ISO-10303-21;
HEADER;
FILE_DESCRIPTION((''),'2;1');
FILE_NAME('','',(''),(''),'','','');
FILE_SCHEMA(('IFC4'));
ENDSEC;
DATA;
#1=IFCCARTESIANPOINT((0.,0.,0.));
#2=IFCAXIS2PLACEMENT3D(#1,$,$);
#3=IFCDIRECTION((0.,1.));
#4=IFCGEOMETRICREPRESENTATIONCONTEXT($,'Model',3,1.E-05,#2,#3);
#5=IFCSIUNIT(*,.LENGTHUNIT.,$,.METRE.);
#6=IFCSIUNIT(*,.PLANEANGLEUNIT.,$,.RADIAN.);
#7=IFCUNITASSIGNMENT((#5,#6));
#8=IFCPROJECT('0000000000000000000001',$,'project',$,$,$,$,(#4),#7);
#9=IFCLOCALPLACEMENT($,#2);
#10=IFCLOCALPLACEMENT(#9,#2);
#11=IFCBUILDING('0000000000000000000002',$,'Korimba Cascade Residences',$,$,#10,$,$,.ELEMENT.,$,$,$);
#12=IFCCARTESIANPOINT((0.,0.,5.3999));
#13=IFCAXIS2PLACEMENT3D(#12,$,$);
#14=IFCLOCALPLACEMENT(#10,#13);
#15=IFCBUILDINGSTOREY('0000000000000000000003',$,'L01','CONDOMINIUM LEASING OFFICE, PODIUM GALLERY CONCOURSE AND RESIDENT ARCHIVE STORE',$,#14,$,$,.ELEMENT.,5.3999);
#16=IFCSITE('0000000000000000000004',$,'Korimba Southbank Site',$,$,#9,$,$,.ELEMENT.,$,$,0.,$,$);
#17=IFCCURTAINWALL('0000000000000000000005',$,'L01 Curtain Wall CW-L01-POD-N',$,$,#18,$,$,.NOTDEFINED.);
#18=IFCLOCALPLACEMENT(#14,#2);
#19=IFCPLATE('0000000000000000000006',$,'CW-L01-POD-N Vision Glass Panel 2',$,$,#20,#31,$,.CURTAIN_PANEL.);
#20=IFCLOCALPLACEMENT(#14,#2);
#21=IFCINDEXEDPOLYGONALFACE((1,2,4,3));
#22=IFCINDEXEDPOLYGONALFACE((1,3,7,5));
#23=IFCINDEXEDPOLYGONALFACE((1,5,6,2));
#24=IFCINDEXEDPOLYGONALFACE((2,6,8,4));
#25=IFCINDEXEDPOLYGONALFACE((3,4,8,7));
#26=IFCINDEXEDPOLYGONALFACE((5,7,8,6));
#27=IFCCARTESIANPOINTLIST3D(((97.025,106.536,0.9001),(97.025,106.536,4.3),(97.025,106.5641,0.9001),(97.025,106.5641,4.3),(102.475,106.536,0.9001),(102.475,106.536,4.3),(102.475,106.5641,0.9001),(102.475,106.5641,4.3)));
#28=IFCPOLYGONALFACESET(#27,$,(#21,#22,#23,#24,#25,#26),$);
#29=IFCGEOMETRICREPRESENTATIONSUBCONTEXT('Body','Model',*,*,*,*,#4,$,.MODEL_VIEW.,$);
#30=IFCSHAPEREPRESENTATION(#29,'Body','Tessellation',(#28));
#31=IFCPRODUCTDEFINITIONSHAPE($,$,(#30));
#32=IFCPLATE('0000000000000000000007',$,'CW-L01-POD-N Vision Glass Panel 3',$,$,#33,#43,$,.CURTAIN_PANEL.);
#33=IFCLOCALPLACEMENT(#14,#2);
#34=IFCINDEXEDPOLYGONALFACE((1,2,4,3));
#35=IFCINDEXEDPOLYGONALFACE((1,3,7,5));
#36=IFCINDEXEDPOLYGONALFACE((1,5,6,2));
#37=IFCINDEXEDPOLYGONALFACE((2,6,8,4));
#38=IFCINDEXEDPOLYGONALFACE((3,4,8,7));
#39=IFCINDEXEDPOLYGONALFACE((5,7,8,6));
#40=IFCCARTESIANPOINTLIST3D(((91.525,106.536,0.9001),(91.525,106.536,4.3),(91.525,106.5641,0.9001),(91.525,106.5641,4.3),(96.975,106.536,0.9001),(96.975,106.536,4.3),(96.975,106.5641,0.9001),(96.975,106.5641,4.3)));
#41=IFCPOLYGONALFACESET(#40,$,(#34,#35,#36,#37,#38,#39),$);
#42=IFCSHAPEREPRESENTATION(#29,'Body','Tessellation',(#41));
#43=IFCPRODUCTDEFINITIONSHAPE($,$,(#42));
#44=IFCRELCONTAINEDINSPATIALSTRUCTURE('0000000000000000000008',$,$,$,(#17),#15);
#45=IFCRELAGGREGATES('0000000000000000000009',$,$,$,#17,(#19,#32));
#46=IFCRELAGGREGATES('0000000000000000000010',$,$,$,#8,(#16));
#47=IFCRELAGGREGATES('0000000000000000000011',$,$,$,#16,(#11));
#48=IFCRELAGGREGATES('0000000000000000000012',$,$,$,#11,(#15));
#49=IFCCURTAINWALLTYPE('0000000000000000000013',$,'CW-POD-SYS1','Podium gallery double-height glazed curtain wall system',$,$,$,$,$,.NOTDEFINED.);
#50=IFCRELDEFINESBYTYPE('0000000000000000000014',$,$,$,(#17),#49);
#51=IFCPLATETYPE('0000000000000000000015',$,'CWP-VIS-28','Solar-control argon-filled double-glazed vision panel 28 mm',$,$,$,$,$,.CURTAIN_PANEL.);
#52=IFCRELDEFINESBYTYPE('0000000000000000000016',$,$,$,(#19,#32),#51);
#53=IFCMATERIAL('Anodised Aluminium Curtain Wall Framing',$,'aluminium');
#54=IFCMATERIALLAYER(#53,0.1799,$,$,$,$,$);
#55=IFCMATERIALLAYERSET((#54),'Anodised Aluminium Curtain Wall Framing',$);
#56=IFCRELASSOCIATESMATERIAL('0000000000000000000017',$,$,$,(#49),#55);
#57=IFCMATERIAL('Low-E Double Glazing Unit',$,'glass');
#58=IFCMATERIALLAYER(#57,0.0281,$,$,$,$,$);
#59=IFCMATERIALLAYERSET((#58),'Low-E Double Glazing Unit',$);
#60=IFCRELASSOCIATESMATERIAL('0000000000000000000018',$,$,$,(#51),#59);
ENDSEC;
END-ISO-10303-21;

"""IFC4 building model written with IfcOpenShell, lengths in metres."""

from ifc_helpers import new_model, si_unit, direction, frame, origin, origin_2d, place, context, subcontext, project, spatial, rectangle, extrude, material, layer, layer_set, type_object, element, aggregate, save


model = new_model("IFC4")

# Units and contexts
model_context = context("Model", 3, precision=1e-05, world=origin(), true_north=direction((0.0, 1.0)))
body_context = subcontext(model_context, "Body", "Model", "MODEL_VIEW")
ifc_project = project(units=[si_unit("LENGTHUNIT", "METRE"), si_unit("PLANEANGLEUNIT", "RADIAN")], contexts=[model_context])

# Site, building, storey
site_placement = place(None, origin())
site = spatial("IfcSite", under=ifc_project, at=site_placement, Name="Korimba Southbank Site", CompositionType="ELEMENT", RefElevation=0.0)
building_placement = place(site_placement, origin())
building = spatial("IfcBuilding", under=site, at=building_placement, Name="Korimba Cascade Residences", CompositionType="ELEMENT")
storey_placement = place(building_placement, frame((0.0, 0.0, 5.3999)))
storey = spatial("IfcBuildingStorey", under=building, at=storey_placement, Name="L01", Description="CONDOMINIUM LEASING OFFICE, PODIUM GALLERY CONCOURSE AND RESIDENT ARCHIVE STORE", CompositionType="ELEMENT", Elevation=5.3999)

# Curtain wall, plates
ifc_material_1 = material(Name="Anodised Aluminium Curtain Wall Framing", Category="aluminium")
ifc_layer_1 = layer(ifc_material_1, 0.1799)
ifc_layer_set_1 = layer_set([ifc_layer_1], Name="Anodised Aluminium Curtain Wall Framing")
curtain_wall_type = type_object("IfcCurtainWallType", Name="CW-POD-SYS1", Description="Podium gallery double-height glazed curtain wall system", PredefinedType="NOTDEFINED", material=ifc_layer_set_1)
curtain_wall_placement = place(storey_placement, origin())
curtain_wall = element("IfcCurtainWall", 1, at=curtain_wall_placement, inside=storey, type_object=curtain_wall_type, Name="L01 Curtain Wall CW-L01-POD-N", PredefinedType="NOTDEFINED")
ifc_material_2 = material(Name="Low-E Double Glazing Unit", Category="glass")
ifc_layer_2 = layer(ifc_material_2, 0.0281)
ifc_layer_set_2 = layer_set([ifc_layer_2], Name="Low-E Double Glazing Unit")
plate_type_1 = type_object("IfcPlateType", Name="CWP-VIS-28", Description="Solar-control argon-filled double-glazed vision panel 28 mm", PredefinedType="CURTAIN_PANEL", material=ifc_layer_set_2)
plate_1_placement = place(storey_placement, frame((99.75, 106.55, 0.9001), z_axis=(0.0, 0.0, 1.0), x_axis=(-1.0, 0.0, 0.0)))
plate_1 = element("IfcPlate", 2, at=plate_1_placement, type_object=plate_type_1, Name="CW-L01-POD-N Vision Glass Panel 2", PredefinedType="CURTAIN_PANEL", context=body_context, shape_type="SweptSolid", body=[
    extrude(rectangle(XDim=5.45, YDim=0.0281, at=origin_2d()), origin(), (0.0, 0.0, 1.0), 3.3999),
])
plate_2_placement = place(storey_placement, frame((94.25, 106.55, 0.9001), z_axis=(0.0, 0.0, 1.0), x_axis=(-1.0, 0.0, 0.0)))
plate_2 = element("IfcPlate", 3, at=plate_2_placement, type_object=plate_type_1, Name="CW-L01-POD-N Vision Glass Panel 3", PredefinedType="CURTAIN_PANEL", context=body_context, shape_type="SweptSolid", body=[
    extrude(rectangle(XDim=5.45, YDim=0.0281, at=origin_2d()), origin(), (0.0, 0.0, 1.0), 3.3999),
])
aggregate(curtain_wall, [plate_1, plate_2])

save(model, "model.ifc")
